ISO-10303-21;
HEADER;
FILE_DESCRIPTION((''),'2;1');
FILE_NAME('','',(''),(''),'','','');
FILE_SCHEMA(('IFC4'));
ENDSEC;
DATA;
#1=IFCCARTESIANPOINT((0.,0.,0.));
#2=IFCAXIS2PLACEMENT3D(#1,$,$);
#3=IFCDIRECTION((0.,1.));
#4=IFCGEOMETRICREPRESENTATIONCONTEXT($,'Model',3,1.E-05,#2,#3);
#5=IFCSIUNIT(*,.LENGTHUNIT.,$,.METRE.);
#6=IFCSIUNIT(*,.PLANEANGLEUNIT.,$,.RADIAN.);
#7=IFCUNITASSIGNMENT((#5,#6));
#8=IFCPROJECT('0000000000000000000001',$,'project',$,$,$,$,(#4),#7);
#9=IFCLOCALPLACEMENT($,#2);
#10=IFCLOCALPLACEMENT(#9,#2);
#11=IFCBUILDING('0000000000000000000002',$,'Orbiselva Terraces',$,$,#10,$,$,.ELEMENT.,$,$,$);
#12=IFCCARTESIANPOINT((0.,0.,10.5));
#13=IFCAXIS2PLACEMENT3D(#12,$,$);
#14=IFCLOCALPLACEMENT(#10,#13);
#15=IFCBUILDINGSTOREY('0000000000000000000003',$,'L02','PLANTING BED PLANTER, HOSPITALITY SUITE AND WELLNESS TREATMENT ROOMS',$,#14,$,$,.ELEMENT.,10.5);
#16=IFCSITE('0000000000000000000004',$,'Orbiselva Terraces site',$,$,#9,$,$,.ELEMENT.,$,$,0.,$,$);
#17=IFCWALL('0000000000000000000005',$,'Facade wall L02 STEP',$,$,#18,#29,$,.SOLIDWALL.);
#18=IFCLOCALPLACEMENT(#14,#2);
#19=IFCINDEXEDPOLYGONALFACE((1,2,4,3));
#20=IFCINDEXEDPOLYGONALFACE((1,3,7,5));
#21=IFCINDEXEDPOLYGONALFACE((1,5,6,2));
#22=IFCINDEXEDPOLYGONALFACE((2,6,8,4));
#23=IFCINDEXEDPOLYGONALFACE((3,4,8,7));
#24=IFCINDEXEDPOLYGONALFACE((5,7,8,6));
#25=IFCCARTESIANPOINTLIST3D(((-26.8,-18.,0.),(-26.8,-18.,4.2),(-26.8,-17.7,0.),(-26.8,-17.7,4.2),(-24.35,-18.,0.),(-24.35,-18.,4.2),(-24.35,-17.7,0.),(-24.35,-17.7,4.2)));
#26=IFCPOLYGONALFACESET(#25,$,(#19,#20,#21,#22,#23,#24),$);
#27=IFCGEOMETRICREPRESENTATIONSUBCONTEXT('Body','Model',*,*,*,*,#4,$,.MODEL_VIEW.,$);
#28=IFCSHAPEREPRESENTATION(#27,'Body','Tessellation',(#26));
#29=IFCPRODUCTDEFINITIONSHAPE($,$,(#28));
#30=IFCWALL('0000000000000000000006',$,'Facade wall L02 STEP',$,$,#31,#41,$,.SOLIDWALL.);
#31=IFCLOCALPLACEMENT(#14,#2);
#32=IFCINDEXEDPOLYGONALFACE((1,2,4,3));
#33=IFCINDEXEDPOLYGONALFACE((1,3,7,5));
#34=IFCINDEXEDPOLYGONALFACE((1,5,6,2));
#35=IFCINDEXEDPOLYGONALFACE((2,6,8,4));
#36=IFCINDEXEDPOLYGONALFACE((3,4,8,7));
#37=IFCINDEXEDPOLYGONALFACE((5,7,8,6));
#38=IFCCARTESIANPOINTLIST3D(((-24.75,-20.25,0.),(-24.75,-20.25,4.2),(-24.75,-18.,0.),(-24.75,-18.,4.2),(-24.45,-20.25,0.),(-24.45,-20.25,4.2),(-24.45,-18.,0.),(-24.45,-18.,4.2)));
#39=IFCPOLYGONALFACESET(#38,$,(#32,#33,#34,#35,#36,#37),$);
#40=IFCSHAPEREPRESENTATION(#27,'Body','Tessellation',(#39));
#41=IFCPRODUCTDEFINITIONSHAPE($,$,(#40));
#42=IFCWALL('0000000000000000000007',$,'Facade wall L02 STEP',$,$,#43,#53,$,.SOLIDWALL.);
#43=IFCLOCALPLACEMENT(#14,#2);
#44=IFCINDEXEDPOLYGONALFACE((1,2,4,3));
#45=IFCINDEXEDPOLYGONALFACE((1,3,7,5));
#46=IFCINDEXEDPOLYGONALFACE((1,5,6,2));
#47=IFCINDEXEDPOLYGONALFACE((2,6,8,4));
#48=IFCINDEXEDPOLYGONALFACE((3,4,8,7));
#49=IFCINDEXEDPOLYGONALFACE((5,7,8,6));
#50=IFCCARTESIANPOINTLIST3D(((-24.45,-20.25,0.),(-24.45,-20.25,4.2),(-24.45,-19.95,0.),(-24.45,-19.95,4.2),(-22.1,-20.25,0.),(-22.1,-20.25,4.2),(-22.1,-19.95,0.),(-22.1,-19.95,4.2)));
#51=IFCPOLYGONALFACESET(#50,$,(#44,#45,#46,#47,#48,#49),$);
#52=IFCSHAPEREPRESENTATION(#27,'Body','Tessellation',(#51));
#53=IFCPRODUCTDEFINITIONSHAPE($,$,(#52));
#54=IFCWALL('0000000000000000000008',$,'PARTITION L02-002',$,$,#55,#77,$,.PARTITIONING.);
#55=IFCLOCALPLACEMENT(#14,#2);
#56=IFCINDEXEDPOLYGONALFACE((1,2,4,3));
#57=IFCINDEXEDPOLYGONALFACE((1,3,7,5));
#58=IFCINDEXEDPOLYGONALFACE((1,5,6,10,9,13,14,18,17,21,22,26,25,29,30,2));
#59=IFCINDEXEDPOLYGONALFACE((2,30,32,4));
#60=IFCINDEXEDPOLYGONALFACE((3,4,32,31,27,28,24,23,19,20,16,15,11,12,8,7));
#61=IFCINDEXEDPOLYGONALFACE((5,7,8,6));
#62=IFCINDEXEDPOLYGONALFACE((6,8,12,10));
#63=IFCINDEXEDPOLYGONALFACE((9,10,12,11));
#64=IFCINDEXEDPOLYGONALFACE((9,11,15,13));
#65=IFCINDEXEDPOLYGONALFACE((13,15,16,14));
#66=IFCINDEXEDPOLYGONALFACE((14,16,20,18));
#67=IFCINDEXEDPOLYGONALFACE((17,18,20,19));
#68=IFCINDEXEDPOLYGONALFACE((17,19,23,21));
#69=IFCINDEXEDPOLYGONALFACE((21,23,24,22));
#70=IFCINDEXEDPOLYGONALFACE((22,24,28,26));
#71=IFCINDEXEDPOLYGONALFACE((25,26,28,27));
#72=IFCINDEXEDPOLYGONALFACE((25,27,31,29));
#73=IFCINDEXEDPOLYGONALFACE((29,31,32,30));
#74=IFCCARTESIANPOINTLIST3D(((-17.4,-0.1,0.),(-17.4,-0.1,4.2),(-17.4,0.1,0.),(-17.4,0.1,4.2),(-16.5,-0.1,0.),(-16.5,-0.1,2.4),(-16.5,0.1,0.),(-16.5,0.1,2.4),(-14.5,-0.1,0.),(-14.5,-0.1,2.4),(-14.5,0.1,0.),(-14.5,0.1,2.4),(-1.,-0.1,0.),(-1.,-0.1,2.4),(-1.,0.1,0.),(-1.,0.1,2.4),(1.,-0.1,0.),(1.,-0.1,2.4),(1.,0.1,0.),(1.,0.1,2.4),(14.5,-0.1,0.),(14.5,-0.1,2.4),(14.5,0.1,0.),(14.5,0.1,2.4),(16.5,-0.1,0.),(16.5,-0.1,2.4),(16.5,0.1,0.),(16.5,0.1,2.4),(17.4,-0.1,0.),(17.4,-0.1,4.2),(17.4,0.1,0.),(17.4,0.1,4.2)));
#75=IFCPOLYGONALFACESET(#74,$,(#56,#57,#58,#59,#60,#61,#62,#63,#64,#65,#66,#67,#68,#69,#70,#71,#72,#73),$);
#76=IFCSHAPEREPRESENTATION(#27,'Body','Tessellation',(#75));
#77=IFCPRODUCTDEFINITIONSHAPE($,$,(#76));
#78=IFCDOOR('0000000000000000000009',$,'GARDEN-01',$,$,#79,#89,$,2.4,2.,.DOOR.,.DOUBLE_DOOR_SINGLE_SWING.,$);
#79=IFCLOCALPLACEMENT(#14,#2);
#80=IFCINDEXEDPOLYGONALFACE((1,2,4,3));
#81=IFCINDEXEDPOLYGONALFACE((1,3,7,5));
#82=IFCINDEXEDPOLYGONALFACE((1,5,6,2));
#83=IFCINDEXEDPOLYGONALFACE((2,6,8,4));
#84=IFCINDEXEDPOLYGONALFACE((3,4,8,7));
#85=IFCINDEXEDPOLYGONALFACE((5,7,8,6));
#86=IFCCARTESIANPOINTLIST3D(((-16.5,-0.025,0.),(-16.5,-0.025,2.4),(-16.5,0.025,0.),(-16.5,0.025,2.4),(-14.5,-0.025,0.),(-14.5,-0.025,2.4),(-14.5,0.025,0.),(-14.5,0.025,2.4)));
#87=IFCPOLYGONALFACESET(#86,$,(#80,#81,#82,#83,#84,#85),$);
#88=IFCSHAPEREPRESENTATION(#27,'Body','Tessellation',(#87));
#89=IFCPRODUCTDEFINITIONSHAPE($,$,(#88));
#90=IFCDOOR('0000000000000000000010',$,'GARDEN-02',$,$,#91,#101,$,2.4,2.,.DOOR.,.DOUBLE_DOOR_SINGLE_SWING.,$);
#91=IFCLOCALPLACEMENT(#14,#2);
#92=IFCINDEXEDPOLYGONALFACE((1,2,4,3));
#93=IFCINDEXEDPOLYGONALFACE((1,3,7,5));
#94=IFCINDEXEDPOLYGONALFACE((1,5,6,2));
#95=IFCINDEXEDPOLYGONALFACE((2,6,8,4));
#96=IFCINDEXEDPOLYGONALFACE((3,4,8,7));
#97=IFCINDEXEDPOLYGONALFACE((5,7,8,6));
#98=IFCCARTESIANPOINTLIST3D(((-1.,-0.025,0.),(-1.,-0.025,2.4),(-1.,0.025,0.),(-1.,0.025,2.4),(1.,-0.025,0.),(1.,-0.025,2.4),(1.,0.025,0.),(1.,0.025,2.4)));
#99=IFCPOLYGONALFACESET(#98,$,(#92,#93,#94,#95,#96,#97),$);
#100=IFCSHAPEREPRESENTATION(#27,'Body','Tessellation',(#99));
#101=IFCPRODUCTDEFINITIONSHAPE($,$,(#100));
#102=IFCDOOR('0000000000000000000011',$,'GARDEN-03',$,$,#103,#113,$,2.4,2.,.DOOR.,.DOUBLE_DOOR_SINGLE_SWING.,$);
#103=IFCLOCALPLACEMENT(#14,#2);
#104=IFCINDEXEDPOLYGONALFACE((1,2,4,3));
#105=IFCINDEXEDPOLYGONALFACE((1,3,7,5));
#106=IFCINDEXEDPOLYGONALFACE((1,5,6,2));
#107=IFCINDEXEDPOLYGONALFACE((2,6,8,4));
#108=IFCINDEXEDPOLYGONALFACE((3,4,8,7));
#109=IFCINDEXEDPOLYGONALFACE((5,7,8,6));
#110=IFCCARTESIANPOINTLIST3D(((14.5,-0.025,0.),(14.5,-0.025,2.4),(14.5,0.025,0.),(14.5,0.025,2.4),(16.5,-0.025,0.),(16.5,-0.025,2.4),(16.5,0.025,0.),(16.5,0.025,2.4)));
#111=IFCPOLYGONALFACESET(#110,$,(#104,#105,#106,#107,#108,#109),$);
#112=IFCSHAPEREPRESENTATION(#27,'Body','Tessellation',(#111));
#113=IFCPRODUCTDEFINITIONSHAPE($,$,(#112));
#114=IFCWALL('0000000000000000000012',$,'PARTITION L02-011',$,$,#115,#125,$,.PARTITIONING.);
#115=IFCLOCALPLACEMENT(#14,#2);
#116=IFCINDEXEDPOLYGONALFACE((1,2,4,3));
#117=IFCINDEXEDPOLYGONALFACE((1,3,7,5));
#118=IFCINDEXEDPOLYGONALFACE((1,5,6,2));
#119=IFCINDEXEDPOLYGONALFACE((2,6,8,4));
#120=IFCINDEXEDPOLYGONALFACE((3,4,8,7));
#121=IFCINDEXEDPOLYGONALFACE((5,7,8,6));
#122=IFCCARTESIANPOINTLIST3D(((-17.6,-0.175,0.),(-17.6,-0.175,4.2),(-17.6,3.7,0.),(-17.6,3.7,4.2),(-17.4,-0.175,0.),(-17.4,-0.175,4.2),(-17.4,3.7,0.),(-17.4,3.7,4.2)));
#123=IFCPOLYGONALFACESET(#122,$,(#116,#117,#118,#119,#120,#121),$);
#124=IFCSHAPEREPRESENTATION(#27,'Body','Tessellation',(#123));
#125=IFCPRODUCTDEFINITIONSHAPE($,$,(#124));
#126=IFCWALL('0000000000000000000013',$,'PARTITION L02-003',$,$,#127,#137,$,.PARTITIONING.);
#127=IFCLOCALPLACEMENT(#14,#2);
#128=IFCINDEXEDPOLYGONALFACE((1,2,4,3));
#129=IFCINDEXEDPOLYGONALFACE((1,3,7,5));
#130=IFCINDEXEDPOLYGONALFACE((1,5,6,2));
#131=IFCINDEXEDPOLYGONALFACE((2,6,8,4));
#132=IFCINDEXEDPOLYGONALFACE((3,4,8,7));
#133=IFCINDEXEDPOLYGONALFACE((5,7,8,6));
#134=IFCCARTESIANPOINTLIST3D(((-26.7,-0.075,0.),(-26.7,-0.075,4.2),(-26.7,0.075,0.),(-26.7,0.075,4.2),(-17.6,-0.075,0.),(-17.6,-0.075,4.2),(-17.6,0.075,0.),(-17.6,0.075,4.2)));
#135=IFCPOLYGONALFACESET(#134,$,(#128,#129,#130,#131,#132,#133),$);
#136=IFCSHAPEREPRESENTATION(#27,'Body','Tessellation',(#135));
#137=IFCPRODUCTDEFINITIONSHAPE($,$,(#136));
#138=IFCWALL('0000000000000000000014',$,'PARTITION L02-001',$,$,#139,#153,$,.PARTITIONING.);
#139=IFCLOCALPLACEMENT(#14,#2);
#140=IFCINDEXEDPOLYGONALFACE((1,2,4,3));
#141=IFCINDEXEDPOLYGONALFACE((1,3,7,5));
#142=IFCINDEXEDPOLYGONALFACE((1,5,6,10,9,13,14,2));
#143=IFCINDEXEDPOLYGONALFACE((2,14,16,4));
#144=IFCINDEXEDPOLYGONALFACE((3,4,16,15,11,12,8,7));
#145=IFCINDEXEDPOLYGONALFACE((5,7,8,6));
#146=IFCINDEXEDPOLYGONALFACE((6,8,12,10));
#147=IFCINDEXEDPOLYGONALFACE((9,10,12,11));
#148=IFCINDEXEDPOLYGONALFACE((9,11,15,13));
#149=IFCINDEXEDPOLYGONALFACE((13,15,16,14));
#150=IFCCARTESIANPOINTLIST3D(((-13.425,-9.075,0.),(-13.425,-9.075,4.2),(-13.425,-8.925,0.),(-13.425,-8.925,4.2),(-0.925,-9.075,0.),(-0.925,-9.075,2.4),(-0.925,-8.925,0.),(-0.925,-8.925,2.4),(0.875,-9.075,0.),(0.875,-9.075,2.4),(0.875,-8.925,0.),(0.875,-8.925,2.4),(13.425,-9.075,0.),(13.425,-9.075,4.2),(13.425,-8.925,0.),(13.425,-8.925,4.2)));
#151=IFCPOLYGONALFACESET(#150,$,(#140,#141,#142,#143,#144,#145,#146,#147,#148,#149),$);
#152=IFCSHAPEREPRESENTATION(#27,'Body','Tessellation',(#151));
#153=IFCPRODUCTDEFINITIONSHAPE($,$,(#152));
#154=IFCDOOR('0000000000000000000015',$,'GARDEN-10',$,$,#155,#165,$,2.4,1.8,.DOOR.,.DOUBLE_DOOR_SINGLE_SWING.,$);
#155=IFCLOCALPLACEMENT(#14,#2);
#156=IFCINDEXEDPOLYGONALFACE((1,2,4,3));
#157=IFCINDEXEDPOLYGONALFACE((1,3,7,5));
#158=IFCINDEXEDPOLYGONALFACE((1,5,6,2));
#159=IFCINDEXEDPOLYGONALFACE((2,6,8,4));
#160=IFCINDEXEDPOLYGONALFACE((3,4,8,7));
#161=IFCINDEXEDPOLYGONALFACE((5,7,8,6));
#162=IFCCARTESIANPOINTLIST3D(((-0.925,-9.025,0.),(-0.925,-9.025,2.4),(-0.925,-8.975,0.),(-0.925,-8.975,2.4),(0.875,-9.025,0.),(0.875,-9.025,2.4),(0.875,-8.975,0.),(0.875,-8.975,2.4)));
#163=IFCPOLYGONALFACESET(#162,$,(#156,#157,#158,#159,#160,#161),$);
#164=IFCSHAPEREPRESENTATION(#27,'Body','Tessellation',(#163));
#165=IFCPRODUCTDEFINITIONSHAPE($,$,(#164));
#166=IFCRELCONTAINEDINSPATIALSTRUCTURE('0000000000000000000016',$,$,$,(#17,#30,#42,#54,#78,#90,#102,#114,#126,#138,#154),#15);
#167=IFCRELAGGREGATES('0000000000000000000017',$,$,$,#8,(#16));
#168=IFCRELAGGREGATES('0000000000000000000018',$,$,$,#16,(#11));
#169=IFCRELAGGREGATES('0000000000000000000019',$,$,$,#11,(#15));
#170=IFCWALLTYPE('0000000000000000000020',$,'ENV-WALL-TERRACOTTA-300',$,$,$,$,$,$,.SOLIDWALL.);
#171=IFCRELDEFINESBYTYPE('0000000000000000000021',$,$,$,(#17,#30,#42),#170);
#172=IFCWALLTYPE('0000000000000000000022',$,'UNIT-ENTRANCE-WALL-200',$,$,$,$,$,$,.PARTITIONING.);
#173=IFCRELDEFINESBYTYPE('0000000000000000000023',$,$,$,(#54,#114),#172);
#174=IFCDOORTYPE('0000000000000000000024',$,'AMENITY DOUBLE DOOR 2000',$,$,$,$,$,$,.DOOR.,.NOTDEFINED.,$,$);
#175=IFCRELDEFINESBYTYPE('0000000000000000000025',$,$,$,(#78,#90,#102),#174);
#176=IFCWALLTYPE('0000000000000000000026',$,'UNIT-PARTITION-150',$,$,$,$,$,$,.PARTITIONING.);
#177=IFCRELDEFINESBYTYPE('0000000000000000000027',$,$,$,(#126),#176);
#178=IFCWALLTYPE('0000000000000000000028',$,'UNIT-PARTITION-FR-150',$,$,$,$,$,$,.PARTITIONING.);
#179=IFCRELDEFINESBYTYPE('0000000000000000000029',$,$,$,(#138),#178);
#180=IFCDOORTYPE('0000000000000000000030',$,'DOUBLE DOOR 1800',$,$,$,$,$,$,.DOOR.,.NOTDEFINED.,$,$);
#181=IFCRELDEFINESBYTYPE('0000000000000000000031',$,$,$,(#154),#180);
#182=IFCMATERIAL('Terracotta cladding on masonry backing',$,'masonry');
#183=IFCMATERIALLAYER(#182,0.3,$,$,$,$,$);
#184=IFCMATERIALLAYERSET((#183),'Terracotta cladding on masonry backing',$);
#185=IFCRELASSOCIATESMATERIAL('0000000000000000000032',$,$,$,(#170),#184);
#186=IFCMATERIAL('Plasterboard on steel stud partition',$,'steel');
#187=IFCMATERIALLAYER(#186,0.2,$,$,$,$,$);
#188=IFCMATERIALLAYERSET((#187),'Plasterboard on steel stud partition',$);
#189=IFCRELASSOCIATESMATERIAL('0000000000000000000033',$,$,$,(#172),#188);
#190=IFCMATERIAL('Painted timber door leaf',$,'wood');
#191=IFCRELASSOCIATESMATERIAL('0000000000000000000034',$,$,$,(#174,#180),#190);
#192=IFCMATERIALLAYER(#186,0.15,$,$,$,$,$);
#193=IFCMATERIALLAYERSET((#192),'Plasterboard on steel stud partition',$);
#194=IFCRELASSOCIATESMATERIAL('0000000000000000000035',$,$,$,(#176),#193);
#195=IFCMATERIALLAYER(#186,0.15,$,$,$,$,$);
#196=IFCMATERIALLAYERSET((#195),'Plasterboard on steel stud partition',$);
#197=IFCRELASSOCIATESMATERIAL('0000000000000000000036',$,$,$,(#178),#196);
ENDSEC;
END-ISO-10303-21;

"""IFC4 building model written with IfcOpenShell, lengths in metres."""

from ifc_helpers import new_model, si_unit, direction, frame, frame_2d, origin, place, context, subcontext, project, spatial, rectangle, extrude, material, layer, layer_set, type_object, element, fill, save


model = new_model("IFC4")

# Units and contexts
model_context = context("Model", 3, precision=1e-05, world=origin(), true_north=direction((0.0, 1.0)))
body_context = subcontext(model_context, "Body", "Model", "MODEL_VIEW")
ifc_project = project(units=[si_unit("LENGTHUNIT", "METRE"), si_unit("PLANEANGLEUNIT", "RADIAN")], contexts=[model_context])

# Site, building, storey
site_placement = place(None, origin())
site = spatial("IfcSite", under=ifc_project, at=site_placement, Name="Orbiselva Terraces site", CompositionType="ELEMENT", RefElevation=0.0)
building_placement = place(site_placement, origin())
building = spatial("IfcBuilding", under=site, at=building_placement, Name="Orbiselva Terraces", CompositionType="ELEMENT")
storey_placement = place(building_placement, frame((0.0, 0.0, 10.5)))
storey = spatial("IfcBuildingStorey", under=building, at=storey_placement, Name="L02", Description="PLANTING BED PLANTER, HOSPITALITY SUITE AND WELLNESS TREATMENT ROOMS", CompositionType="ELEMENT", Elevation=10.5)

# Walls
ifc_material_1 = material(Name="Terracotta cladding on masonry backing", Category="masonry")
ifc_layer_1 = layer(ifc_material_1, 0.3)
ifc_layer_set_1 = layer_set([ifc_layer_1], Name="Terracotta cladding on masonry backing")
wall_type_1 = type_object("IfcWallType", Name="ENV-WALL-TERRACOTTA-300", PredefinedType="SOLIDWALL", material=ifc_layer_set_1)
wall_1_placement = place(storey_placement, frame((-24.35, -17.85, 0.0), z_axis=(0.0, 0.0, 1.0), x_axis=(-1.0, 0.0, 0.0)))
element("IfcWall", 1, at=wall_1_placement, inside=storey, type_object=wall_type_1, Name="Facade wall L02 STEP", PredefinedType="SOLIDWALL", context=body_context, shape_type="SweptSolid", body=[
    extrude(rectangle(XDim=2.45, YDim=0.3, at=frame_2d((1.225, 0.0))), origin(), (0.0, 0.0, 1.0), 4.2),
])
wall_2_placement = place(storey_placement, frame((-24.6, -20.25, 0.0), z_axis=(0.0, 0.0, 1.0), x_axis=(0.0, 1.0, 0.0)))
element("IfcWall", 2, at=wall_2_placement, inside=storey, type_object=wall_type_1, Name="Facade wall L02 STEP", PredefinedType="SOLIDWALL", context=body_context, shape_type="SweptSolid", body=[
    extrude(rectangle(XDim=2.25, YDim=0.3, at=frame_2d((1.125, 0.0))), origin(), (0.0, 0.0, 1.0), 4.2),
])
wall_3_placement = place(storey_placement, frame((-22.1, -20.1, 0.0), z_axis=(0.0, 0.0, 1.0), x_axis=(-1.0, 0.0, 0.0)))
element("IfcWall", 3, at=wall_3_placement, inside=storey, type_object=wall_type_1, Name="Facade wall L02 STEP", PredefinedType="SOLIDWALL", context=body_context, shape_type="SweptSolid", body=[
    extrude(rectangle(XDim=2.35, YDim=0.3, at=frame_2d((1.175, 0.0))), origin(), (0.0, 0.0, 1.0), 4.2),
])

# Wall, openings, doors
ifc_material_2 = material(Name="Plasterboard on steel stud partition", Category="steel")
ifc_layer_2 = layer(ifc_material_2, 0.2)
ifc_layer_set_2 = layer_set([ifc_layer_2], Name="Plasterboard on steel stud partition")
wall_type_2 = type_object("IfcWallType", Name="UNIT-ENTRANCE-WALL-200", PredefinedType="PARTITIONING", material=ifc_layer_set_2)
wall_4_placement = place(storey_placement, frame((-17.4, 0.0, 0.0), z_axis=(0.0, 0.0, 1.0), x_axis=(1.0, 0.0, 0.0)))
wall_4 = element("IfcWall", 4, at=wall_4_placement, inside=storey, type_object=wall_type_2, Name="PARTITION L02-002", PredefinedType="PARTITIONING", context=body_context, shape_type="SweptSolid", body=[
    extrude(rectangle(XDim=34.8, YDim=0.2, at=frame_2d((17.4, 0.0))), origin(), (0.0, 0.0, 1.0), 4.2),
])
opening_1_placement = place(wall_4_placement, frame((0.9, 0.0, 0.0)))
opening_1 = element("IfcOpeningElement", 5, at=opening_1_placement, cuts=wall_4, PredefinedType="OPENING", context=body_context, shape_type="SweptSolid", body=[
    extrude(rectangle(XDim=2.0, YDim=2.4, at=frame_2d((1.0, 1.2))), frame((0.0, 0.11, 0.0), z_axis=(0.0, -1.0, 0.0), x_axis=(1.0, 0.0, 0.0)), (0.0, 0.0, 1.0), 0.22),
])
opening_2_placement = place(wall_4_placement, frame((16.4, 0.0, 0.0)))
opening_2 = element("IfcOpeningElement", 6, at=opening_2_placement, cuts=wall_4, PredefinedType="OPENING", context=body_context, shape_type="SweptSolid", body=[
    extrude(rectangle(XDim=2.0, YDim=2.4, at=frame_2d((1.0, 1.2))), frame((0.0, 0.11, 0.0), z_axis=(0.0, -1.0, 0.0), x_axis=(1.0, 0.0, 0.0)), (0.0, 0.0, 1.0), 0.22),
])
opening_3_placement = place(wall_4_placement, frame((31.9, 0.0, 0.0)))
opening_3 = element("IfcOpeningElement", 7, at=opening_3_placement, cuts=wall_4, PredefinedType="OPENING", context=body_context, shape_type="SweptSolid", body=[
    extrude(rectangle(XDim=2.0, YDim=2.4, at=frame_2d((1.0, 1.2))), frame((0.0, 0.11, 0.0), z_axis=(0.0, -1.0, 0.0), x_axis=(1.0, 0.0, 0.0)), (0.0, 0.0, 1.0), 0.22),
])
ifc_material_3 = material(Name="Painted timber door leaf", Category="wood")
door_type_1 = type_object("IfcDoorType", Name="AMENITY DOUBLE DOOR 2000", OperationType="NOTDEFINED", PredefinedType="DOOR", material=ifc_material_3)
door_1_placement = place(opening_1_placement, origin())
door_1 = element("IfcDoor", 8, at=door_1_placement, inside=storey, type_object=door_type_1, Name="GARDEN-01", OperationType="DOUBLE_DOOR_SINGLE_SWING", OverallHeight=2.4, OverallWidth=2.0, PredefinedType="DOOR", context=body_context, shape_type="SweptSolid", body=[
    extrude(rectangle(XDim=2.0, YDim=2.4, at=frame_2d((1.0, 1.2))), frame((0.0, 0.025, 0.0), z_axis=(0.0, -1.0, 0.0), x_axis=(1.0, 0.0, 0.0)), (0.0, 0.0, 1.0), 0.05),
])
fill(opening_1, door_1)
door_2_placement = place(opening_2_placement, origin())
door_2 = element("IfcDoor", 9, at=door_2_placement, inside=storey, type_object=door_type_1, Name="GARDEN-02", OperationType="DOUBLE_DOOR_SINGLE_SWING", OverallHeight=2.4, OverallWidth=2.0, PredefinedType="DOOR", context=body_context, shape_type="SweptSolid", body=[
    extrude(rectangle(XDim=2.0, YDim=2.4, at=frame_2d((1.0, 1.2))), frame((0.0, 0.025, 0.0), z_axis=(0.0, -1.0, 0.0), x_axis=(1.0, 0.0, 0.0)), (0.0, 0.0, 1.0), 0.05),
])
fill(opening_2, door_2)
door_3_placement = place(opening_3_placement, origin())
door_3 = element("IfcDoor", 10, at=door_3_placement, inside=storey, type_object=door_type_1, Name="GARDEN-03", OperationType="DOUBLE_DOOR_SINGLE_SWING", OverallHeight=2.4, OverallWidth=2.0, PredefinedType="DOOR", context=body_context, shape_type="SweptSolid", body=[
    extrude(rectangle(XDim=2.0, YDim=2.4, at=frame_2d((1.0, 1.2))), frame((0.0, 0.025, 0.0), z_axis=(0.0, -1.0, 0.0), x_axis=(1.0, 0.0, 0.0)), (0.0, 0.0, 1.0), 0.05),
])
fill(opening_3, door_3)

# Walls
wall_5_placement = place(storey_placement, frame((-17.5, -0.175, 0.0), z_axis=(0.0, 0.0, 1.0), x_axis=(0.0, 1.0, 0.0)))
element("IfcWall", 11, at=wall_5_placement, inside=storey, type_object=wall_type_2, Name="PARTITION L02-011", PredefinedType="PARTITIONING", context=body_context, shape_type="SweptSolid", body=[
    extrude(rectangle(XDim=3.875, YDim=0.2, at=frame_2d((1.9375, 0.0))), origin(), (0.0, 0.0, 1.0), 4.2),
])
ifc_layer_3 = layer(ifc_material_2, 0.15)
ifc_layer_set_3 = layer_set([ifc_layer_3], Name="Plasterboard on steel stud partition")
wall_type_3 = type_object("IfcWallType", Name="UNIT-PARTITION-150", PredefinedType="PARTITIONING", material=ifc_layer_set_3)
wall_6_placement = place(storey_placement, frame((-26.7, 0.0, 0.0), z_axis=(0.0, 0.0, 1.0), x_axis=(1.0, 0.0, 0.0)))
element("IfcWall", 12, at=wall_6_placement, inside=storey, type_object=wall_type_3, Name="PARTITION L02-003", PredefinedType="PARTITIONING", context=body_context, shape_type="SweptSolid", body=[
    extrude(rectangle(XDim=9.1, YDim=0.15, at=frame_2d((4.55, 0.0))), origin(), (0.0, 0.0, 1.0), 4.2),
])

# Wall, opening, door
ifc_layer_4 = layer(ifc_material_2, 0.15)
ifc_layer_set_4 = layer_set([ifc_layer_4], Name="Plasterboard on steel stud partition")
wall_type_4 = type_object("IfcWallType", Name="UNIT-PARTITION-FR-150", PredefinedType="PARTITIONING", material=ifc_layer_set_4)
wall_7_placement = place(storey_placement, frame((-13.425, -9.0, 0.0), z_axis=(0.0, 0.0, 1.0), x_axis=(1.0, 0.0, 0.0)))
wall_7 = element("IfcWall", 13, at=wall_7_placement, inside=storey, type_object=wall_type_4, Name="PARTITION L02-001", PredefinedType="PARTITIONING", context=body_context, shape_type="SweptSolid", body=[
    extrude(rectangle(XDim=26.85, YDim=0.15, at=frame_2d((13.425, 0.0))), origin(), (0.0, 0.0, 1.0), 4.2),
])
opening_4_placement = place(wall_7_placement, frame((12.5, 0.0, 0.0)))
opening_4 = element("IfcOpeningElement", 14, at=opening_4_placement, cuts=wall_7, PredefinedType="OPENING", context=body_context, shape_type="SweptSolid", body=[
    extrude(rectangle(XDim=1.8, YDim=2.4, at=frame_2d((0.9, 1.2))), frame((0.0, 0.085, 0.0), z_axis=(0.0, -1.0, 0.0), x_axis=(1.0, 0.0, 0.0)), (0.0, 0.0, 1.0), 0.17),
])
door_type_2 = type_object("IfcDoorType", Name="DOUBLE DOOR 1800", OperationType="NOTDEFINED", PredefinedType="DOOR", material=ifc_material_3)
door_4_placement = place(opening_4_placement, origin())
door_4 = element("IfcDoor", 15, at=door_4_placement, inside=storey, type_object=door_type_2, Name="GARDEN-10", OperationType="DOUBLE_DOOR_SINGLE_SWING", OverallHeight=2.4, OverallWidth=1.8, PredefinedType="DOOR", context=body_context, shape_type="SweptSolid", body=[
    extrude(rectangle(XDim=1.8, YDim=2.4, at=frame_2d((0.9, 1.2))), frame((0.0, 0.025, 0.0), z_axis=(0.0, -1.0, 0.0), x_axis=(1.0, 0.0, 0.0)), (0.0, 0.0, 1.0), 0.05),
])
fill(opening_4, door_4)

save(model, "model.ifc")
